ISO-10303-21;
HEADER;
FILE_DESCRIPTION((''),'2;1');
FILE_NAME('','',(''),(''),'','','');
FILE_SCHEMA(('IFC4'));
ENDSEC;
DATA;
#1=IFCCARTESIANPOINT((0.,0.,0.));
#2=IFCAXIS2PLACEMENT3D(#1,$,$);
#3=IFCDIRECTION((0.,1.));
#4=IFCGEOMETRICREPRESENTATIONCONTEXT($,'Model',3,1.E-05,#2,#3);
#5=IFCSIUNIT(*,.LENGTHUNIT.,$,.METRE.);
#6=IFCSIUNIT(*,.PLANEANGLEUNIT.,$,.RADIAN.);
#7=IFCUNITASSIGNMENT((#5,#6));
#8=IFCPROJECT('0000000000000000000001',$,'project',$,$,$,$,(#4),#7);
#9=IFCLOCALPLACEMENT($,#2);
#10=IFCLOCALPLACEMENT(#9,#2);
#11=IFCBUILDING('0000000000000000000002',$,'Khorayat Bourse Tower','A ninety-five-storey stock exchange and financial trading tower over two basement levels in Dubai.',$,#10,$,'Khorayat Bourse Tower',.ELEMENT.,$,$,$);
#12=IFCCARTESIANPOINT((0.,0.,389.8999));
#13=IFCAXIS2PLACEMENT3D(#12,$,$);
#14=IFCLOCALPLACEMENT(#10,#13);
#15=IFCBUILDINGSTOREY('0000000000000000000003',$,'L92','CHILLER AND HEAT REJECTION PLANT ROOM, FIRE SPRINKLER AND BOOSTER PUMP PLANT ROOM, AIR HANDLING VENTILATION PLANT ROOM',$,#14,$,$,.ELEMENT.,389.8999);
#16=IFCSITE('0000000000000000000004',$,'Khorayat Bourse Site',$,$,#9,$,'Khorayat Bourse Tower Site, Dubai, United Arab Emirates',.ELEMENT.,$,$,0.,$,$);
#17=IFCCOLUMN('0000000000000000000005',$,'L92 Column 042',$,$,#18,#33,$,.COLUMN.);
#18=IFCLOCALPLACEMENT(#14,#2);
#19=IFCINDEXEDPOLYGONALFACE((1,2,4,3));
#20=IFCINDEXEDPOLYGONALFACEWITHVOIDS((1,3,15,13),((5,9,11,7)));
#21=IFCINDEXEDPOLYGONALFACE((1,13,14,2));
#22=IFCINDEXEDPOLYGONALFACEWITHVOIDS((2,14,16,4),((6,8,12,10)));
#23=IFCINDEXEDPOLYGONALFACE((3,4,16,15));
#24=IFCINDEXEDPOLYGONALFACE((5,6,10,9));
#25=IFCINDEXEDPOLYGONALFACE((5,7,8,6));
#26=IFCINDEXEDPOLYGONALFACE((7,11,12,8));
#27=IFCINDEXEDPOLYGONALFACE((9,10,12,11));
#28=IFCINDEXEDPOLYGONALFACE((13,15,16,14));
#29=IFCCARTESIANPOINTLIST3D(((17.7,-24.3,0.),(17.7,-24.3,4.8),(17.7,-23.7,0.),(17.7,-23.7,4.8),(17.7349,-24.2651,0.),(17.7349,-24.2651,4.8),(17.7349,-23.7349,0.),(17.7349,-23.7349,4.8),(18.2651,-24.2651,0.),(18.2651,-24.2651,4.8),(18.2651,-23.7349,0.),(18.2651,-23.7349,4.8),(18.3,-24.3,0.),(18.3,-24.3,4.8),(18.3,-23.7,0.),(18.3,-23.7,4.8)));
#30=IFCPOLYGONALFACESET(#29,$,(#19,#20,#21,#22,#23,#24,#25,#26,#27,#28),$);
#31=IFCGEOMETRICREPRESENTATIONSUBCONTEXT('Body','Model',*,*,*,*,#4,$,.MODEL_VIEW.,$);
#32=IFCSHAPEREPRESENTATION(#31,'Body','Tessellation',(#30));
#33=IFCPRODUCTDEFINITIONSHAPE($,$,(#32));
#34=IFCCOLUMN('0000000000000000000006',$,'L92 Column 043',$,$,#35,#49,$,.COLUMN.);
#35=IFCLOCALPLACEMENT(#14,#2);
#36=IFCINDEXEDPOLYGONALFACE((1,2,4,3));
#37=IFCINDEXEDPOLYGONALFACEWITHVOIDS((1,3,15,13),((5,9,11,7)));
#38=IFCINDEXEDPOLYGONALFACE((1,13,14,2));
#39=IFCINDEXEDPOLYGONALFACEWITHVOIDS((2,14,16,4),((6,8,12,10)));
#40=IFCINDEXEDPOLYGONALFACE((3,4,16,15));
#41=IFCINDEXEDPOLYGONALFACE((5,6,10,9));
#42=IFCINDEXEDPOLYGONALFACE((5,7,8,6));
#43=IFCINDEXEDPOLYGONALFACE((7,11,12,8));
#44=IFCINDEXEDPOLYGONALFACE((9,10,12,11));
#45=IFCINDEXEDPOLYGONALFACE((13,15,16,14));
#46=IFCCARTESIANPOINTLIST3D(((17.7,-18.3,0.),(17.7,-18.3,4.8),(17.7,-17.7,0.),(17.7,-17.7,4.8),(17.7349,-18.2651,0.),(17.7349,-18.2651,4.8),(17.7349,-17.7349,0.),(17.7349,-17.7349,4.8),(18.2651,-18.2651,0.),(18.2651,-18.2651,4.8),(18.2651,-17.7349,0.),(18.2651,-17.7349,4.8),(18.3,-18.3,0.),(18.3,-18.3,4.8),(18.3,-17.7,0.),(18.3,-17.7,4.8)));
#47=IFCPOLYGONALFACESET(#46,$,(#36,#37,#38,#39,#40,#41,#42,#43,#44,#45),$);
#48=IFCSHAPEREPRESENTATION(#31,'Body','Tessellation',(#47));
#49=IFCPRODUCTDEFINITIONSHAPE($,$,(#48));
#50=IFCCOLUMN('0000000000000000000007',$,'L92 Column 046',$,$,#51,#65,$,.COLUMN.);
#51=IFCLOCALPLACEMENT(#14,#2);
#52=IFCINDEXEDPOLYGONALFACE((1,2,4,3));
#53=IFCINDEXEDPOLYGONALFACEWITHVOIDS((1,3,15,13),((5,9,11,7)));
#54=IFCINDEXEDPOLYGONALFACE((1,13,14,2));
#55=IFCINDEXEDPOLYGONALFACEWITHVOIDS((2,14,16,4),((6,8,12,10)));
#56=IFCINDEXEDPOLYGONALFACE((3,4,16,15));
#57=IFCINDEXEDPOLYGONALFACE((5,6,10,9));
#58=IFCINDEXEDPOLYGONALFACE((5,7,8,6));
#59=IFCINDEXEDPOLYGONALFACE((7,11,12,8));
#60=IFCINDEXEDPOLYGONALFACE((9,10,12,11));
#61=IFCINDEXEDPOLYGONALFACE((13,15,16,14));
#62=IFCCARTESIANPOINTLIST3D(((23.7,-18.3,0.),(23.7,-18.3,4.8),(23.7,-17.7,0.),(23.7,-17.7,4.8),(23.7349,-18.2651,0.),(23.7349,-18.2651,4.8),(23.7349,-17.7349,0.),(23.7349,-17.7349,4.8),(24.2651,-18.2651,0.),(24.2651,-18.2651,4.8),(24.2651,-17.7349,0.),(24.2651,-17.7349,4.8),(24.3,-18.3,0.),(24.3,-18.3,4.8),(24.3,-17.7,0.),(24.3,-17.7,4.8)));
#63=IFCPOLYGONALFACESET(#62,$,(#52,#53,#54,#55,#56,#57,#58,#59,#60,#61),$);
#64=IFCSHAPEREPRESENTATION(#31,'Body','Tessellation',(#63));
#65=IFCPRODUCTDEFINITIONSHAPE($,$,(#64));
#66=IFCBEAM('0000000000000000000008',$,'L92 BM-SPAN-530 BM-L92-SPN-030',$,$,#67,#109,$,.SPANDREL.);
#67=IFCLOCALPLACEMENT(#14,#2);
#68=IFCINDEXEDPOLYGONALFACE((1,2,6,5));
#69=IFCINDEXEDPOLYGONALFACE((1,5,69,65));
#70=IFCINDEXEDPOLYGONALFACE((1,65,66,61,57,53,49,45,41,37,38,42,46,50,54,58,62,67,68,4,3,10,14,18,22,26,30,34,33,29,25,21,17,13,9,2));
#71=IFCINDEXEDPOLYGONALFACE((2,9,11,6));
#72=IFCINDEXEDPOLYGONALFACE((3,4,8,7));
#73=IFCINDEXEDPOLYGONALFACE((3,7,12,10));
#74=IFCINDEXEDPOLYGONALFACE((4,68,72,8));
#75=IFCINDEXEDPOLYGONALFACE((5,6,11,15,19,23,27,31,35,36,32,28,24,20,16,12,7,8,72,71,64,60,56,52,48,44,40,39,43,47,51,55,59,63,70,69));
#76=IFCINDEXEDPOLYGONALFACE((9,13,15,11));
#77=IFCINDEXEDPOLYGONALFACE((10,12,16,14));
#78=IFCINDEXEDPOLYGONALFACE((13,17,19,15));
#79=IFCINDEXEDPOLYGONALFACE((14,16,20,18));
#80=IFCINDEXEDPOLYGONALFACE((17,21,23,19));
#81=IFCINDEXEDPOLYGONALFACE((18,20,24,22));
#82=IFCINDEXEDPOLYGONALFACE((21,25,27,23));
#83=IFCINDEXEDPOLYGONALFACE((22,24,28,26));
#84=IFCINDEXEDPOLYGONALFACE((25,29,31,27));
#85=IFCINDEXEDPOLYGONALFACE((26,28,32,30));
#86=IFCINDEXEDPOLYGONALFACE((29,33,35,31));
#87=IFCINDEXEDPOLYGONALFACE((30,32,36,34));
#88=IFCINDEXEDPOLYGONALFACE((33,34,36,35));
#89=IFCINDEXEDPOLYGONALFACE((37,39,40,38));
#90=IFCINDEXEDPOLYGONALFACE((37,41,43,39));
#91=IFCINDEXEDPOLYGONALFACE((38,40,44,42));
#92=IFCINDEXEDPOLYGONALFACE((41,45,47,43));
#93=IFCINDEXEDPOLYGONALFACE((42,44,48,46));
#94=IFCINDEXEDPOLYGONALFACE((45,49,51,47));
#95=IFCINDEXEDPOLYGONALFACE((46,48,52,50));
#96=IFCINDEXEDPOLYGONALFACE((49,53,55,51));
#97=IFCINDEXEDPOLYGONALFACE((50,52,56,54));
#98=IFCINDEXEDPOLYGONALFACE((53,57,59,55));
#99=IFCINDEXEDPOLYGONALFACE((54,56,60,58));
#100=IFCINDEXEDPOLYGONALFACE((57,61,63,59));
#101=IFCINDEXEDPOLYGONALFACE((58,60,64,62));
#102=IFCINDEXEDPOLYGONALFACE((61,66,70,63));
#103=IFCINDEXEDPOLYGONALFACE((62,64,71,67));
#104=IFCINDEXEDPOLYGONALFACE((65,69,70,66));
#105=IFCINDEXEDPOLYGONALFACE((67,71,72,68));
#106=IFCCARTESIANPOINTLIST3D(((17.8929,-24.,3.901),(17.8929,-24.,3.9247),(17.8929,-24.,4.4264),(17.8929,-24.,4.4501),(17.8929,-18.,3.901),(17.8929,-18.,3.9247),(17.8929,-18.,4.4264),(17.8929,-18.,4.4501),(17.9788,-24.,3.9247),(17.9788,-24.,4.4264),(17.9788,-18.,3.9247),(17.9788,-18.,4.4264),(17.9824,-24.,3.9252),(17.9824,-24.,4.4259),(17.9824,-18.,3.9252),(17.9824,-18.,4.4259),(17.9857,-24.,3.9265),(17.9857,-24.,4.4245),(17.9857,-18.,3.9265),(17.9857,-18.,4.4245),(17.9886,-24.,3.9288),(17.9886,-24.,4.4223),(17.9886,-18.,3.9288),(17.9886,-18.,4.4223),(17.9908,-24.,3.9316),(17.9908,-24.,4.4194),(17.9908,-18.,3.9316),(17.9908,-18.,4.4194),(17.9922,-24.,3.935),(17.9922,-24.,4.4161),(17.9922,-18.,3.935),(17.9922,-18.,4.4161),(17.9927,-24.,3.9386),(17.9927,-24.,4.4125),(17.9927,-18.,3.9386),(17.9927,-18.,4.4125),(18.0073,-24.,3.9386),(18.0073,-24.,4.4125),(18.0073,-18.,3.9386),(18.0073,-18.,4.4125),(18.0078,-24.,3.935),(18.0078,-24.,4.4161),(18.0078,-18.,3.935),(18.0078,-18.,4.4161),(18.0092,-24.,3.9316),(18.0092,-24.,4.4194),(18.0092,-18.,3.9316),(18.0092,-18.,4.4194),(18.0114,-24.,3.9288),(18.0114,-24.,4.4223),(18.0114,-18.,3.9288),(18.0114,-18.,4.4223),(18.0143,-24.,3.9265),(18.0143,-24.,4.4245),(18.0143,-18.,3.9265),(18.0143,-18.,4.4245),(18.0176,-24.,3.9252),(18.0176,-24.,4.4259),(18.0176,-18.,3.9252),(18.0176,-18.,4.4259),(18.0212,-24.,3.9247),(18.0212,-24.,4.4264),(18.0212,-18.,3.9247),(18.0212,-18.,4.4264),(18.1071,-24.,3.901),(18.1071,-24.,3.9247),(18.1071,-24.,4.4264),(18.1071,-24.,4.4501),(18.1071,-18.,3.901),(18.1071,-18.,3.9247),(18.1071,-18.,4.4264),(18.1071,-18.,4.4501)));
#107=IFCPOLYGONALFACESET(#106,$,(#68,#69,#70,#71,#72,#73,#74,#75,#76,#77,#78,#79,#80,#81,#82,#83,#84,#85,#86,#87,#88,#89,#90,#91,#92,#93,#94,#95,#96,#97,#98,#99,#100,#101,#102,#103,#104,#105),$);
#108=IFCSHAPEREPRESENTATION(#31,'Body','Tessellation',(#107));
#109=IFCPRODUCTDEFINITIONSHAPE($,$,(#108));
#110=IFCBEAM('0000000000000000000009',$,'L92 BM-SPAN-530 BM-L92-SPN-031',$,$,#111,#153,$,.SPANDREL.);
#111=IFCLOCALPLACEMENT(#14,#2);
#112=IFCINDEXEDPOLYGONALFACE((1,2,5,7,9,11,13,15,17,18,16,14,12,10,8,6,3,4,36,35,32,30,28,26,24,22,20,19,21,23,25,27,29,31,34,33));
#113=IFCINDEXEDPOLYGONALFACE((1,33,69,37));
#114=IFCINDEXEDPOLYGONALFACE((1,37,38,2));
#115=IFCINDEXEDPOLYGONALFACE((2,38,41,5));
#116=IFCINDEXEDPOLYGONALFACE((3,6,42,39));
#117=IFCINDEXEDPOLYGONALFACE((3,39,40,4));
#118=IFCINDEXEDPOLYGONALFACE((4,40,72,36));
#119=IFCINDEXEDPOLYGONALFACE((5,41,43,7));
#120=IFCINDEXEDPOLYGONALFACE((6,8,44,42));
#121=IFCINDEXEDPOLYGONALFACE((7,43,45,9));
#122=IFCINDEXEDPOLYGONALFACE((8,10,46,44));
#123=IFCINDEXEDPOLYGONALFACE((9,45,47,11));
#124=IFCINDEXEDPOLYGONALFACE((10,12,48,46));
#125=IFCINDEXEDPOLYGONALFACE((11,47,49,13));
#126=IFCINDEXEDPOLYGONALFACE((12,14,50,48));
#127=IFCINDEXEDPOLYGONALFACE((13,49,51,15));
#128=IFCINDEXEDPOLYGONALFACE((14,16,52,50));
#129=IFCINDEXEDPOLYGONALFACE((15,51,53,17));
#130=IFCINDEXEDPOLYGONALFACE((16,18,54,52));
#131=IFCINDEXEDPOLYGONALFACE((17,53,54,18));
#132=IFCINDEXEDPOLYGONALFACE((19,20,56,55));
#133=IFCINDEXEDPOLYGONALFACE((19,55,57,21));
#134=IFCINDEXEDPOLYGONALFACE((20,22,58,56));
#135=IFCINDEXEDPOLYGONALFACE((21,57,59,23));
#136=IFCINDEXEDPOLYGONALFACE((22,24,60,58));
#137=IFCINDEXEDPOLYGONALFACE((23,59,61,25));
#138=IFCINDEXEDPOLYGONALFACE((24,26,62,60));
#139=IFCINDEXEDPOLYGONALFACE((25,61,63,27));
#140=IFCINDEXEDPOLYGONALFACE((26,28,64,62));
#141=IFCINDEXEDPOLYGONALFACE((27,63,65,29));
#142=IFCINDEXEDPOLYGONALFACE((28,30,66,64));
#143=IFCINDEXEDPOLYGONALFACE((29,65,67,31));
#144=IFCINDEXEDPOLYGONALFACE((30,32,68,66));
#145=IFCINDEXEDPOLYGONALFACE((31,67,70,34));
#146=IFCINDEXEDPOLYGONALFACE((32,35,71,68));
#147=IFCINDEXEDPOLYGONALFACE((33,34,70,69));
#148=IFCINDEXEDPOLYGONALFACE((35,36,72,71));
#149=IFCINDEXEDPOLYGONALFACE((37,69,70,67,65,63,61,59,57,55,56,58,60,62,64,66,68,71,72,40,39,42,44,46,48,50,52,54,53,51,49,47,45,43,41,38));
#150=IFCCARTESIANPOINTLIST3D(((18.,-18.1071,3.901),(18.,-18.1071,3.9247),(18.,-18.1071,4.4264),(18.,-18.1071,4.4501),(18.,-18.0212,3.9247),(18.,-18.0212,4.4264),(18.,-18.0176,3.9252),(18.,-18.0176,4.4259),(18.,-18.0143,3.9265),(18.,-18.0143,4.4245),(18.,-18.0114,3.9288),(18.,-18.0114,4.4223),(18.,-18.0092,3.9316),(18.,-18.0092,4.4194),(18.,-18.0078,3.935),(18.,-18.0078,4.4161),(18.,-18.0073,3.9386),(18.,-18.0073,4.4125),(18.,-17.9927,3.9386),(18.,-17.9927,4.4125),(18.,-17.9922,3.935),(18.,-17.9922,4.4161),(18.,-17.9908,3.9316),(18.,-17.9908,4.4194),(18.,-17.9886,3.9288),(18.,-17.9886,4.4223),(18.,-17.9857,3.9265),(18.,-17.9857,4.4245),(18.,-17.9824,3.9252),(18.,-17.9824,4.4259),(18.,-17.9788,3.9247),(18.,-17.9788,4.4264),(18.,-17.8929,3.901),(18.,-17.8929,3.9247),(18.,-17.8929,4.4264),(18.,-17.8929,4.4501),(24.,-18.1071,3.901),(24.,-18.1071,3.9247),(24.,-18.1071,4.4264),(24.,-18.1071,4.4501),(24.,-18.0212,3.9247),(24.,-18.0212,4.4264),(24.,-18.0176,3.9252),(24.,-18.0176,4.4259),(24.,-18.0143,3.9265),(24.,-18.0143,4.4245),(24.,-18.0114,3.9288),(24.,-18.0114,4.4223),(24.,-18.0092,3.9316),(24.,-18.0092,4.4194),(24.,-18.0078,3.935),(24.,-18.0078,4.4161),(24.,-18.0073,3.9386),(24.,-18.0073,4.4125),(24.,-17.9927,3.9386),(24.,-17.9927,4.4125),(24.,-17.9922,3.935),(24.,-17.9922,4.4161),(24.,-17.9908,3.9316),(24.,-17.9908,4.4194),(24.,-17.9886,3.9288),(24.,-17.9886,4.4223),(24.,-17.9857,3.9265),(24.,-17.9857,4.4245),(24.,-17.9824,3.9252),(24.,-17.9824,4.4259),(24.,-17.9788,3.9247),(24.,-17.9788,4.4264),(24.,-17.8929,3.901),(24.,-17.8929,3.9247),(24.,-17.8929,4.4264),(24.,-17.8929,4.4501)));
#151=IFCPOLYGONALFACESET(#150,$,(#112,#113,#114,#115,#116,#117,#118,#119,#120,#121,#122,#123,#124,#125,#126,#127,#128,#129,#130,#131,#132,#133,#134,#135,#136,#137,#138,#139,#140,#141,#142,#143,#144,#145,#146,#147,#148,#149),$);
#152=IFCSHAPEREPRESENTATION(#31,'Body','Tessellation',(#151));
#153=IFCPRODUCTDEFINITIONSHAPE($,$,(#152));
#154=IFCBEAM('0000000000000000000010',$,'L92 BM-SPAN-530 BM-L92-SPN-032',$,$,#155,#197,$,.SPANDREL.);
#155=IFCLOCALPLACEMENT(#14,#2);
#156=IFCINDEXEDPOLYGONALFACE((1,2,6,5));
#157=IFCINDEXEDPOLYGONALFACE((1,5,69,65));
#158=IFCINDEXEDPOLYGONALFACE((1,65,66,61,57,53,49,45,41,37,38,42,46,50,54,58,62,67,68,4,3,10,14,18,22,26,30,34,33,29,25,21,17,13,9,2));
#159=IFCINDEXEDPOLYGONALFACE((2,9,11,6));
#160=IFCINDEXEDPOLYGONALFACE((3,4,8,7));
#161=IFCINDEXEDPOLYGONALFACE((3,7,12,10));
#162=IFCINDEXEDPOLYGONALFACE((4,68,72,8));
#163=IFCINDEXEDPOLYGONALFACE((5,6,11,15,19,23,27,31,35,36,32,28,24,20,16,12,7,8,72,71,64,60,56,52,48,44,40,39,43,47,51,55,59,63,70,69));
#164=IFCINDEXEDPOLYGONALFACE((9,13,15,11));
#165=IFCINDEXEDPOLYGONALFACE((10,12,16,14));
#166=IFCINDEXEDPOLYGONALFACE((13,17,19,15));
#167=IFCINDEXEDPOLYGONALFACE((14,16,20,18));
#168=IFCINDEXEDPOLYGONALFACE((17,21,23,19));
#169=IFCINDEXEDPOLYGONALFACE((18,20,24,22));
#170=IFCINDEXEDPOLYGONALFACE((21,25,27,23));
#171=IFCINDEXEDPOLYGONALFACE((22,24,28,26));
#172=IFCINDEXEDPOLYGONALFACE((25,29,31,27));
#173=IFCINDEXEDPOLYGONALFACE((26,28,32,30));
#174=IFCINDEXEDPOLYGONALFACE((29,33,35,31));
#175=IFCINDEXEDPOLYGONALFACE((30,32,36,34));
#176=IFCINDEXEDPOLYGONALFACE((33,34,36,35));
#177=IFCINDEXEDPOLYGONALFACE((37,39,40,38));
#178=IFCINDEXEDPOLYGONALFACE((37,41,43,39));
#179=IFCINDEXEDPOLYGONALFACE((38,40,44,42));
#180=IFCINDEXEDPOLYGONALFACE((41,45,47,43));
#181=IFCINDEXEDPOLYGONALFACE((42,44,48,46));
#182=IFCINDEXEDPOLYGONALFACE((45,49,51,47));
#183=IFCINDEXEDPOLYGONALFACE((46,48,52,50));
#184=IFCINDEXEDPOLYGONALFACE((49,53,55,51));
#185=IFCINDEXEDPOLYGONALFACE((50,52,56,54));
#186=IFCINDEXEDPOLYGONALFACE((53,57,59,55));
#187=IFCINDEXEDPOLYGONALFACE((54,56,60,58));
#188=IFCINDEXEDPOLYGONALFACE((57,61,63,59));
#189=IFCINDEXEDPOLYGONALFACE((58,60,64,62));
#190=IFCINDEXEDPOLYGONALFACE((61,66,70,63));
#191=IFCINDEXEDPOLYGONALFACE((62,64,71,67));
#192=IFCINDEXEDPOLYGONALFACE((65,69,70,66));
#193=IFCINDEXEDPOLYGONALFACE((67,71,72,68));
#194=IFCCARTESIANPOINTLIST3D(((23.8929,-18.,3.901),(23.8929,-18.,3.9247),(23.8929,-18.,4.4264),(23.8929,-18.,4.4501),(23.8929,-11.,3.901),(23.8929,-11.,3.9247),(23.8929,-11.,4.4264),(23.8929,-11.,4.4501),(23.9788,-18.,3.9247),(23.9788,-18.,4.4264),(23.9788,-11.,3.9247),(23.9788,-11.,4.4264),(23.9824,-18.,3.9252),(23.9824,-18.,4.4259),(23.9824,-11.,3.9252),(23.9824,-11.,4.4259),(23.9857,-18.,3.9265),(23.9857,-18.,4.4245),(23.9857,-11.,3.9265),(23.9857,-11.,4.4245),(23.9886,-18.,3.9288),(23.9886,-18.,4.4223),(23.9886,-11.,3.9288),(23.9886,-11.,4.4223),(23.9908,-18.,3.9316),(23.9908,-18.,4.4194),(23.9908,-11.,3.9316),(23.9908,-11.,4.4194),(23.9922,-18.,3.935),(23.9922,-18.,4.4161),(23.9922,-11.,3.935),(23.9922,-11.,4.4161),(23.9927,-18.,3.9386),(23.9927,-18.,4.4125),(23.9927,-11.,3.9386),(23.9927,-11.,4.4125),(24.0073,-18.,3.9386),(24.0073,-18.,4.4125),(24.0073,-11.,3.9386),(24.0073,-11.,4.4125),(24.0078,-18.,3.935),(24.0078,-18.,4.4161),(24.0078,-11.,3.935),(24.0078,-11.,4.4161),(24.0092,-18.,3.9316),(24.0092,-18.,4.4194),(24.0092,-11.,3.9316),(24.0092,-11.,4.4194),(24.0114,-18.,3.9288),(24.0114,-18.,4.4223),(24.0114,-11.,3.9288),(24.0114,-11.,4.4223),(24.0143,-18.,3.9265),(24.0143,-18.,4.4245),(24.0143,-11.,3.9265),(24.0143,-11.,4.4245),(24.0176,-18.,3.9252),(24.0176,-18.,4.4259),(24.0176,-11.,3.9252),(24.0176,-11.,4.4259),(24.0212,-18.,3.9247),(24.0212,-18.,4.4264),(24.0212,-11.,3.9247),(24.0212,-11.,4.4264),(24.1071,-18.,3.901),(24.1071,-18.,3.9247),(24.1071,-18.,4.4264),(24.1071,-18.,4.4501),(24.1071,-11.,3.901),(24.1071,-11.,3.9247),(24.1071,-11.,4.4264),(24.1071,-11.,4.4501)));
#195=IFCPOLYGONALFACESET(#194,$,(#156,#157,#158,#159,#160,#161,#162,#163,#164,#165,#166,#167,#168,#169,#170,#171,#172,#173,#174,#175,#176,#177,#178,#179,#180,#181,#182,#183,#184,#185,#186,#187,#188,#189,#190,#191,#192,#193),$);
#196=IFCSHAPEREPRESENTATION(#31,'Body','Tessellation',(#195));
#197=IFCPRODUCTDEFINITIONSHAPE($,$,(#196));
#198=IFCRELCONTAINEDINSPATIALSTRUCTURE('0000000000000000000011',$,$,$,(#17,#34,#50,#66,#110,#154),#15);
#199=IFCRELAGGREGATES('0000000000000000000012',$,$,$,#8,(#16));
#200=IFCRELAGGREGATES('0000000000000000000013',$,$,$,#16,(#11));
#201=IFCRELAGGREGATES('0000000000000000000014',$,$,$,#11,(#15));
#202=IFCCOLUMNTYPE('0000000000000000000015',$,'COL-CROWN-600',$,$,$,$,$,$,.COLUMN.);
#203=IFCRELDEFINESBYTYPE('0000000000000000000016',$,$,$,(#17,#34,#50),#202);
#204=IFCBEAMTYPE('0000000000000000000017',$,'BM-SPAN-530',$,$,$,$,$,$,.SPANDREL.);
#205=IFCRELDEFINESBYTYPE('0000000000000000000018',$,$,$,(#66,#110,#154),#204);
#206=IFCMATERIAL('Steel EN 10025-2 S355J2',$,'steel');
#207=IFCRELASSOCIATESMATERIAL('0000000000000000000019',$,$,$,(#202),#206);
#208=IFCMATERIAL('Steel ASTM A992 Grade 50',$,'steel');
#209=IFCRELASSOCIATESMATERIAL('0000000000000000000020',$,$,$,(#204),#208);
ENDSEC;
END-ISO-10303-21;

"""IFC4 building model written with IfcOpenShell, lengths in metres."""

from ifc_helpers import new_model, si_unit, direction, frame, origin, origin_2d, place, context, subcontext, project, spatial, hollow_rectangle, i_section, extrude, source, transform, mapped, material, material_profile, profile_set, type_object, element, save


model = new_model("IFC4")

# Units and contexts
model_context = context("Model", 3, precision=1e-05, world=origin(), true_north=direction((0.0, 1.0)))
body_context = subcontext(model_context, "Body", "Model", "MODEL_VIEW")
ifc_project = project(units=[si_unit("LENGTHUNIT", "METRE"), si_unit("PLANEANGLEUNIT", "RADIAN")], contexts=[model_context])

# Site, building, storey
site_placement = place(None, origin())
site = spatial("IfcSite", under=ifc_project, at=site_placement, Name="Khorayat Bourse Site", LongName="Khorayat Bourse Tower Site, Dubai, United Arab Emirates", CompositionType="ELEMENT", RefElevation=0.0)
building_placement = place(site_placement, origin())
building = spatial("IfcBuilding", under=site, at=building_placement, Name="Khorayat Bourse Tower", Description="A ninety-five-storey stock exchange and financial trading tower over two basement levels in Dubai.", LongName="Khorayat Bourse Tower", CompositionType="ELEMENT")
storey_placement = place(building_placement, frame((0.0, 0.0, 389.8999)))
storey = spatial("IfcBuildingStorey", under=building, at=storey_placement, Name="L92", Description="CHILLER AND HEAT REJECTION PLANT ROOM, FIRE SPRINKLER AND BOOSTER PUMP PLANT ROOM, AIR HANDLING VENTILATION PLANT ROOM", CompositionType="ELEMENT", Elevation=389.8999)

# Columns
ifc_material_1 = material(Name="Steel EN 10025-2 S355J2", Category="steel")
ifc_material_profile_1 = material_profile(ifc_material_1, hollow_rectangle(XDim=0.6001, YDim=0.6001, WallThickness=0.0349, at=origin_2d()), Name="BOX 600x600x35")
ifc_profile_set_1 = profile_set([ifc_material_profile_1], Name="Steel EN 10025-2 S355J2")
column_type = type_object("IfcColumnType", Name="COL-CROWN-600", PredefinedType="COLUMN", material=ifc_profile_set_1)
shared_shape_1 = source(origin(), body_context, "Body", "SweptSolid", [
    extrude(hollow_rectangle(XDim=0.6001, YDim=0.6001, WallThickness=0.0349, at=origin_2d()), origin(), (0.0, 0.0, 1.0), 4.8),
])
for number, where, z_axis, x_axis, name in (
    (1, (18.0, -24.0, 0.0), (0.0, 0.0, 1.0), (1.0, 0.0, 0.0), "L92 Column 042"),
    (2, (18.0, -18.0, 0.0), (0.0, 0.0, 1.0), (1.0, 0.0, 0.0), "L92 Column 043"),
    (3, (24.0, -18.0, 0.0), (0.0, 0.0, 1.0), (1.0, 0.0, 0.0), "L92 Column 046"),
):
    element("IfcColumn", number, at=place(storey_placement, frame(where, z_axis=z_axis, x_axis=x_axis)), inside=storey, type_object=column_type, Name=name, PredefinedType="COLUMN", context=body_context, shape_type="MappedRepresentation", body=[
        mapped(shared_shape_1, transform((0.0, 0.0, 0.0), scale=1.0)),
    ])

# Beams
ifc_material_2 = material(Name="Steel ASTM A992 Grade 50", Category="steel")
ifc_material_profile_2 = material_profile(ifc_material_2, i_section(OverallWidth=0.2141, OverallDepth=0.5491, WebThickness=0.0146, FlangeThickness=0.0237, FilletRadius=0.0139, at=origin_2d()), Name="W530X138")
ifc_profile_set_2 = profile_set([ifc_material_profile_2], Name="Steel ASTM A992 Grade 50")
beam_type_1 = type_object("IfcBeamType", Name="BM-SPAN-530", PredefinedType="SPANDREL", material=ifc_profile_set_2)
shared_shape_2 = source(origin(), body_context, "Body", "SweptSolid", [
    extrude(i_section(OverallWidth=0.2141, OverallDepth=0.5491, WebThickness=0.0146, FlangeThickness=0.0237, FilletRadius=0.0139, at=origin_2d()), origin(), (0.0, 0.0, 1.0), 6.0),
])
for number, where, z_axis, x_axis, name in (
    (4, (18.0, -24.0, 4.1755), (0.0, 1.0, 0.0), (-1.0, 0.0, 0.0), "L92 BM-SPAN-530 BM-L92-SPN-030"),
    (5, (18.0, -18.0, 4.1755), (1.0, 0.0, 0.0), (0.0, 1.0, 0.0), "L92 BM-SPAN-530 BM-L92-SPN-031"),
):
    element("IfcBeam", number, at=place(storey_placement, frame(where, z_axis=z_axis, x_axis=x_axis)), inside=storey, type_object=beam_type_1, Name=name, PredefinedType="SPANDREL", context=body_context, shape_type="MappedRepresentation", body=[
        mapped(shared_shape_2, transform((0.0, 0.0, 0.0), scale=1.0)),
    ])
shared_shape_3 = source(origin(), body_context, "Body", "SweptSolid", [
    extrude(i_section(OverallWidth=0.2141, OverallDepth=0.5491, WebThickness=0.0146, FlangeThickness=0.0237, FilletRadius=0.0139, at=origin_2d()), origin(), (0.0, 0.0, 1.0), 7.0),
])
beam_1_placement = place(storey_placement, frame((24.0, -18.0, 4.1755), z_axis=(0.0, 1.0, 0.0), x_axis=(-1.0, 0.0, 0.0)))
element("IfcBeam", 6, at=beam_1_placement, inside=storey, type_object=beam_type_1, Name="L92 BM-SPAN-530 BM-L92-SPN-032", PredefinedType="SPANDREL", context=body_context, shape_type="MappedRepresentation", body=[
    mapped(shared_shape_3, transform((0.0, 0.0, 0.0), scale=1.0)),
])

save(model, "model.ifc")
